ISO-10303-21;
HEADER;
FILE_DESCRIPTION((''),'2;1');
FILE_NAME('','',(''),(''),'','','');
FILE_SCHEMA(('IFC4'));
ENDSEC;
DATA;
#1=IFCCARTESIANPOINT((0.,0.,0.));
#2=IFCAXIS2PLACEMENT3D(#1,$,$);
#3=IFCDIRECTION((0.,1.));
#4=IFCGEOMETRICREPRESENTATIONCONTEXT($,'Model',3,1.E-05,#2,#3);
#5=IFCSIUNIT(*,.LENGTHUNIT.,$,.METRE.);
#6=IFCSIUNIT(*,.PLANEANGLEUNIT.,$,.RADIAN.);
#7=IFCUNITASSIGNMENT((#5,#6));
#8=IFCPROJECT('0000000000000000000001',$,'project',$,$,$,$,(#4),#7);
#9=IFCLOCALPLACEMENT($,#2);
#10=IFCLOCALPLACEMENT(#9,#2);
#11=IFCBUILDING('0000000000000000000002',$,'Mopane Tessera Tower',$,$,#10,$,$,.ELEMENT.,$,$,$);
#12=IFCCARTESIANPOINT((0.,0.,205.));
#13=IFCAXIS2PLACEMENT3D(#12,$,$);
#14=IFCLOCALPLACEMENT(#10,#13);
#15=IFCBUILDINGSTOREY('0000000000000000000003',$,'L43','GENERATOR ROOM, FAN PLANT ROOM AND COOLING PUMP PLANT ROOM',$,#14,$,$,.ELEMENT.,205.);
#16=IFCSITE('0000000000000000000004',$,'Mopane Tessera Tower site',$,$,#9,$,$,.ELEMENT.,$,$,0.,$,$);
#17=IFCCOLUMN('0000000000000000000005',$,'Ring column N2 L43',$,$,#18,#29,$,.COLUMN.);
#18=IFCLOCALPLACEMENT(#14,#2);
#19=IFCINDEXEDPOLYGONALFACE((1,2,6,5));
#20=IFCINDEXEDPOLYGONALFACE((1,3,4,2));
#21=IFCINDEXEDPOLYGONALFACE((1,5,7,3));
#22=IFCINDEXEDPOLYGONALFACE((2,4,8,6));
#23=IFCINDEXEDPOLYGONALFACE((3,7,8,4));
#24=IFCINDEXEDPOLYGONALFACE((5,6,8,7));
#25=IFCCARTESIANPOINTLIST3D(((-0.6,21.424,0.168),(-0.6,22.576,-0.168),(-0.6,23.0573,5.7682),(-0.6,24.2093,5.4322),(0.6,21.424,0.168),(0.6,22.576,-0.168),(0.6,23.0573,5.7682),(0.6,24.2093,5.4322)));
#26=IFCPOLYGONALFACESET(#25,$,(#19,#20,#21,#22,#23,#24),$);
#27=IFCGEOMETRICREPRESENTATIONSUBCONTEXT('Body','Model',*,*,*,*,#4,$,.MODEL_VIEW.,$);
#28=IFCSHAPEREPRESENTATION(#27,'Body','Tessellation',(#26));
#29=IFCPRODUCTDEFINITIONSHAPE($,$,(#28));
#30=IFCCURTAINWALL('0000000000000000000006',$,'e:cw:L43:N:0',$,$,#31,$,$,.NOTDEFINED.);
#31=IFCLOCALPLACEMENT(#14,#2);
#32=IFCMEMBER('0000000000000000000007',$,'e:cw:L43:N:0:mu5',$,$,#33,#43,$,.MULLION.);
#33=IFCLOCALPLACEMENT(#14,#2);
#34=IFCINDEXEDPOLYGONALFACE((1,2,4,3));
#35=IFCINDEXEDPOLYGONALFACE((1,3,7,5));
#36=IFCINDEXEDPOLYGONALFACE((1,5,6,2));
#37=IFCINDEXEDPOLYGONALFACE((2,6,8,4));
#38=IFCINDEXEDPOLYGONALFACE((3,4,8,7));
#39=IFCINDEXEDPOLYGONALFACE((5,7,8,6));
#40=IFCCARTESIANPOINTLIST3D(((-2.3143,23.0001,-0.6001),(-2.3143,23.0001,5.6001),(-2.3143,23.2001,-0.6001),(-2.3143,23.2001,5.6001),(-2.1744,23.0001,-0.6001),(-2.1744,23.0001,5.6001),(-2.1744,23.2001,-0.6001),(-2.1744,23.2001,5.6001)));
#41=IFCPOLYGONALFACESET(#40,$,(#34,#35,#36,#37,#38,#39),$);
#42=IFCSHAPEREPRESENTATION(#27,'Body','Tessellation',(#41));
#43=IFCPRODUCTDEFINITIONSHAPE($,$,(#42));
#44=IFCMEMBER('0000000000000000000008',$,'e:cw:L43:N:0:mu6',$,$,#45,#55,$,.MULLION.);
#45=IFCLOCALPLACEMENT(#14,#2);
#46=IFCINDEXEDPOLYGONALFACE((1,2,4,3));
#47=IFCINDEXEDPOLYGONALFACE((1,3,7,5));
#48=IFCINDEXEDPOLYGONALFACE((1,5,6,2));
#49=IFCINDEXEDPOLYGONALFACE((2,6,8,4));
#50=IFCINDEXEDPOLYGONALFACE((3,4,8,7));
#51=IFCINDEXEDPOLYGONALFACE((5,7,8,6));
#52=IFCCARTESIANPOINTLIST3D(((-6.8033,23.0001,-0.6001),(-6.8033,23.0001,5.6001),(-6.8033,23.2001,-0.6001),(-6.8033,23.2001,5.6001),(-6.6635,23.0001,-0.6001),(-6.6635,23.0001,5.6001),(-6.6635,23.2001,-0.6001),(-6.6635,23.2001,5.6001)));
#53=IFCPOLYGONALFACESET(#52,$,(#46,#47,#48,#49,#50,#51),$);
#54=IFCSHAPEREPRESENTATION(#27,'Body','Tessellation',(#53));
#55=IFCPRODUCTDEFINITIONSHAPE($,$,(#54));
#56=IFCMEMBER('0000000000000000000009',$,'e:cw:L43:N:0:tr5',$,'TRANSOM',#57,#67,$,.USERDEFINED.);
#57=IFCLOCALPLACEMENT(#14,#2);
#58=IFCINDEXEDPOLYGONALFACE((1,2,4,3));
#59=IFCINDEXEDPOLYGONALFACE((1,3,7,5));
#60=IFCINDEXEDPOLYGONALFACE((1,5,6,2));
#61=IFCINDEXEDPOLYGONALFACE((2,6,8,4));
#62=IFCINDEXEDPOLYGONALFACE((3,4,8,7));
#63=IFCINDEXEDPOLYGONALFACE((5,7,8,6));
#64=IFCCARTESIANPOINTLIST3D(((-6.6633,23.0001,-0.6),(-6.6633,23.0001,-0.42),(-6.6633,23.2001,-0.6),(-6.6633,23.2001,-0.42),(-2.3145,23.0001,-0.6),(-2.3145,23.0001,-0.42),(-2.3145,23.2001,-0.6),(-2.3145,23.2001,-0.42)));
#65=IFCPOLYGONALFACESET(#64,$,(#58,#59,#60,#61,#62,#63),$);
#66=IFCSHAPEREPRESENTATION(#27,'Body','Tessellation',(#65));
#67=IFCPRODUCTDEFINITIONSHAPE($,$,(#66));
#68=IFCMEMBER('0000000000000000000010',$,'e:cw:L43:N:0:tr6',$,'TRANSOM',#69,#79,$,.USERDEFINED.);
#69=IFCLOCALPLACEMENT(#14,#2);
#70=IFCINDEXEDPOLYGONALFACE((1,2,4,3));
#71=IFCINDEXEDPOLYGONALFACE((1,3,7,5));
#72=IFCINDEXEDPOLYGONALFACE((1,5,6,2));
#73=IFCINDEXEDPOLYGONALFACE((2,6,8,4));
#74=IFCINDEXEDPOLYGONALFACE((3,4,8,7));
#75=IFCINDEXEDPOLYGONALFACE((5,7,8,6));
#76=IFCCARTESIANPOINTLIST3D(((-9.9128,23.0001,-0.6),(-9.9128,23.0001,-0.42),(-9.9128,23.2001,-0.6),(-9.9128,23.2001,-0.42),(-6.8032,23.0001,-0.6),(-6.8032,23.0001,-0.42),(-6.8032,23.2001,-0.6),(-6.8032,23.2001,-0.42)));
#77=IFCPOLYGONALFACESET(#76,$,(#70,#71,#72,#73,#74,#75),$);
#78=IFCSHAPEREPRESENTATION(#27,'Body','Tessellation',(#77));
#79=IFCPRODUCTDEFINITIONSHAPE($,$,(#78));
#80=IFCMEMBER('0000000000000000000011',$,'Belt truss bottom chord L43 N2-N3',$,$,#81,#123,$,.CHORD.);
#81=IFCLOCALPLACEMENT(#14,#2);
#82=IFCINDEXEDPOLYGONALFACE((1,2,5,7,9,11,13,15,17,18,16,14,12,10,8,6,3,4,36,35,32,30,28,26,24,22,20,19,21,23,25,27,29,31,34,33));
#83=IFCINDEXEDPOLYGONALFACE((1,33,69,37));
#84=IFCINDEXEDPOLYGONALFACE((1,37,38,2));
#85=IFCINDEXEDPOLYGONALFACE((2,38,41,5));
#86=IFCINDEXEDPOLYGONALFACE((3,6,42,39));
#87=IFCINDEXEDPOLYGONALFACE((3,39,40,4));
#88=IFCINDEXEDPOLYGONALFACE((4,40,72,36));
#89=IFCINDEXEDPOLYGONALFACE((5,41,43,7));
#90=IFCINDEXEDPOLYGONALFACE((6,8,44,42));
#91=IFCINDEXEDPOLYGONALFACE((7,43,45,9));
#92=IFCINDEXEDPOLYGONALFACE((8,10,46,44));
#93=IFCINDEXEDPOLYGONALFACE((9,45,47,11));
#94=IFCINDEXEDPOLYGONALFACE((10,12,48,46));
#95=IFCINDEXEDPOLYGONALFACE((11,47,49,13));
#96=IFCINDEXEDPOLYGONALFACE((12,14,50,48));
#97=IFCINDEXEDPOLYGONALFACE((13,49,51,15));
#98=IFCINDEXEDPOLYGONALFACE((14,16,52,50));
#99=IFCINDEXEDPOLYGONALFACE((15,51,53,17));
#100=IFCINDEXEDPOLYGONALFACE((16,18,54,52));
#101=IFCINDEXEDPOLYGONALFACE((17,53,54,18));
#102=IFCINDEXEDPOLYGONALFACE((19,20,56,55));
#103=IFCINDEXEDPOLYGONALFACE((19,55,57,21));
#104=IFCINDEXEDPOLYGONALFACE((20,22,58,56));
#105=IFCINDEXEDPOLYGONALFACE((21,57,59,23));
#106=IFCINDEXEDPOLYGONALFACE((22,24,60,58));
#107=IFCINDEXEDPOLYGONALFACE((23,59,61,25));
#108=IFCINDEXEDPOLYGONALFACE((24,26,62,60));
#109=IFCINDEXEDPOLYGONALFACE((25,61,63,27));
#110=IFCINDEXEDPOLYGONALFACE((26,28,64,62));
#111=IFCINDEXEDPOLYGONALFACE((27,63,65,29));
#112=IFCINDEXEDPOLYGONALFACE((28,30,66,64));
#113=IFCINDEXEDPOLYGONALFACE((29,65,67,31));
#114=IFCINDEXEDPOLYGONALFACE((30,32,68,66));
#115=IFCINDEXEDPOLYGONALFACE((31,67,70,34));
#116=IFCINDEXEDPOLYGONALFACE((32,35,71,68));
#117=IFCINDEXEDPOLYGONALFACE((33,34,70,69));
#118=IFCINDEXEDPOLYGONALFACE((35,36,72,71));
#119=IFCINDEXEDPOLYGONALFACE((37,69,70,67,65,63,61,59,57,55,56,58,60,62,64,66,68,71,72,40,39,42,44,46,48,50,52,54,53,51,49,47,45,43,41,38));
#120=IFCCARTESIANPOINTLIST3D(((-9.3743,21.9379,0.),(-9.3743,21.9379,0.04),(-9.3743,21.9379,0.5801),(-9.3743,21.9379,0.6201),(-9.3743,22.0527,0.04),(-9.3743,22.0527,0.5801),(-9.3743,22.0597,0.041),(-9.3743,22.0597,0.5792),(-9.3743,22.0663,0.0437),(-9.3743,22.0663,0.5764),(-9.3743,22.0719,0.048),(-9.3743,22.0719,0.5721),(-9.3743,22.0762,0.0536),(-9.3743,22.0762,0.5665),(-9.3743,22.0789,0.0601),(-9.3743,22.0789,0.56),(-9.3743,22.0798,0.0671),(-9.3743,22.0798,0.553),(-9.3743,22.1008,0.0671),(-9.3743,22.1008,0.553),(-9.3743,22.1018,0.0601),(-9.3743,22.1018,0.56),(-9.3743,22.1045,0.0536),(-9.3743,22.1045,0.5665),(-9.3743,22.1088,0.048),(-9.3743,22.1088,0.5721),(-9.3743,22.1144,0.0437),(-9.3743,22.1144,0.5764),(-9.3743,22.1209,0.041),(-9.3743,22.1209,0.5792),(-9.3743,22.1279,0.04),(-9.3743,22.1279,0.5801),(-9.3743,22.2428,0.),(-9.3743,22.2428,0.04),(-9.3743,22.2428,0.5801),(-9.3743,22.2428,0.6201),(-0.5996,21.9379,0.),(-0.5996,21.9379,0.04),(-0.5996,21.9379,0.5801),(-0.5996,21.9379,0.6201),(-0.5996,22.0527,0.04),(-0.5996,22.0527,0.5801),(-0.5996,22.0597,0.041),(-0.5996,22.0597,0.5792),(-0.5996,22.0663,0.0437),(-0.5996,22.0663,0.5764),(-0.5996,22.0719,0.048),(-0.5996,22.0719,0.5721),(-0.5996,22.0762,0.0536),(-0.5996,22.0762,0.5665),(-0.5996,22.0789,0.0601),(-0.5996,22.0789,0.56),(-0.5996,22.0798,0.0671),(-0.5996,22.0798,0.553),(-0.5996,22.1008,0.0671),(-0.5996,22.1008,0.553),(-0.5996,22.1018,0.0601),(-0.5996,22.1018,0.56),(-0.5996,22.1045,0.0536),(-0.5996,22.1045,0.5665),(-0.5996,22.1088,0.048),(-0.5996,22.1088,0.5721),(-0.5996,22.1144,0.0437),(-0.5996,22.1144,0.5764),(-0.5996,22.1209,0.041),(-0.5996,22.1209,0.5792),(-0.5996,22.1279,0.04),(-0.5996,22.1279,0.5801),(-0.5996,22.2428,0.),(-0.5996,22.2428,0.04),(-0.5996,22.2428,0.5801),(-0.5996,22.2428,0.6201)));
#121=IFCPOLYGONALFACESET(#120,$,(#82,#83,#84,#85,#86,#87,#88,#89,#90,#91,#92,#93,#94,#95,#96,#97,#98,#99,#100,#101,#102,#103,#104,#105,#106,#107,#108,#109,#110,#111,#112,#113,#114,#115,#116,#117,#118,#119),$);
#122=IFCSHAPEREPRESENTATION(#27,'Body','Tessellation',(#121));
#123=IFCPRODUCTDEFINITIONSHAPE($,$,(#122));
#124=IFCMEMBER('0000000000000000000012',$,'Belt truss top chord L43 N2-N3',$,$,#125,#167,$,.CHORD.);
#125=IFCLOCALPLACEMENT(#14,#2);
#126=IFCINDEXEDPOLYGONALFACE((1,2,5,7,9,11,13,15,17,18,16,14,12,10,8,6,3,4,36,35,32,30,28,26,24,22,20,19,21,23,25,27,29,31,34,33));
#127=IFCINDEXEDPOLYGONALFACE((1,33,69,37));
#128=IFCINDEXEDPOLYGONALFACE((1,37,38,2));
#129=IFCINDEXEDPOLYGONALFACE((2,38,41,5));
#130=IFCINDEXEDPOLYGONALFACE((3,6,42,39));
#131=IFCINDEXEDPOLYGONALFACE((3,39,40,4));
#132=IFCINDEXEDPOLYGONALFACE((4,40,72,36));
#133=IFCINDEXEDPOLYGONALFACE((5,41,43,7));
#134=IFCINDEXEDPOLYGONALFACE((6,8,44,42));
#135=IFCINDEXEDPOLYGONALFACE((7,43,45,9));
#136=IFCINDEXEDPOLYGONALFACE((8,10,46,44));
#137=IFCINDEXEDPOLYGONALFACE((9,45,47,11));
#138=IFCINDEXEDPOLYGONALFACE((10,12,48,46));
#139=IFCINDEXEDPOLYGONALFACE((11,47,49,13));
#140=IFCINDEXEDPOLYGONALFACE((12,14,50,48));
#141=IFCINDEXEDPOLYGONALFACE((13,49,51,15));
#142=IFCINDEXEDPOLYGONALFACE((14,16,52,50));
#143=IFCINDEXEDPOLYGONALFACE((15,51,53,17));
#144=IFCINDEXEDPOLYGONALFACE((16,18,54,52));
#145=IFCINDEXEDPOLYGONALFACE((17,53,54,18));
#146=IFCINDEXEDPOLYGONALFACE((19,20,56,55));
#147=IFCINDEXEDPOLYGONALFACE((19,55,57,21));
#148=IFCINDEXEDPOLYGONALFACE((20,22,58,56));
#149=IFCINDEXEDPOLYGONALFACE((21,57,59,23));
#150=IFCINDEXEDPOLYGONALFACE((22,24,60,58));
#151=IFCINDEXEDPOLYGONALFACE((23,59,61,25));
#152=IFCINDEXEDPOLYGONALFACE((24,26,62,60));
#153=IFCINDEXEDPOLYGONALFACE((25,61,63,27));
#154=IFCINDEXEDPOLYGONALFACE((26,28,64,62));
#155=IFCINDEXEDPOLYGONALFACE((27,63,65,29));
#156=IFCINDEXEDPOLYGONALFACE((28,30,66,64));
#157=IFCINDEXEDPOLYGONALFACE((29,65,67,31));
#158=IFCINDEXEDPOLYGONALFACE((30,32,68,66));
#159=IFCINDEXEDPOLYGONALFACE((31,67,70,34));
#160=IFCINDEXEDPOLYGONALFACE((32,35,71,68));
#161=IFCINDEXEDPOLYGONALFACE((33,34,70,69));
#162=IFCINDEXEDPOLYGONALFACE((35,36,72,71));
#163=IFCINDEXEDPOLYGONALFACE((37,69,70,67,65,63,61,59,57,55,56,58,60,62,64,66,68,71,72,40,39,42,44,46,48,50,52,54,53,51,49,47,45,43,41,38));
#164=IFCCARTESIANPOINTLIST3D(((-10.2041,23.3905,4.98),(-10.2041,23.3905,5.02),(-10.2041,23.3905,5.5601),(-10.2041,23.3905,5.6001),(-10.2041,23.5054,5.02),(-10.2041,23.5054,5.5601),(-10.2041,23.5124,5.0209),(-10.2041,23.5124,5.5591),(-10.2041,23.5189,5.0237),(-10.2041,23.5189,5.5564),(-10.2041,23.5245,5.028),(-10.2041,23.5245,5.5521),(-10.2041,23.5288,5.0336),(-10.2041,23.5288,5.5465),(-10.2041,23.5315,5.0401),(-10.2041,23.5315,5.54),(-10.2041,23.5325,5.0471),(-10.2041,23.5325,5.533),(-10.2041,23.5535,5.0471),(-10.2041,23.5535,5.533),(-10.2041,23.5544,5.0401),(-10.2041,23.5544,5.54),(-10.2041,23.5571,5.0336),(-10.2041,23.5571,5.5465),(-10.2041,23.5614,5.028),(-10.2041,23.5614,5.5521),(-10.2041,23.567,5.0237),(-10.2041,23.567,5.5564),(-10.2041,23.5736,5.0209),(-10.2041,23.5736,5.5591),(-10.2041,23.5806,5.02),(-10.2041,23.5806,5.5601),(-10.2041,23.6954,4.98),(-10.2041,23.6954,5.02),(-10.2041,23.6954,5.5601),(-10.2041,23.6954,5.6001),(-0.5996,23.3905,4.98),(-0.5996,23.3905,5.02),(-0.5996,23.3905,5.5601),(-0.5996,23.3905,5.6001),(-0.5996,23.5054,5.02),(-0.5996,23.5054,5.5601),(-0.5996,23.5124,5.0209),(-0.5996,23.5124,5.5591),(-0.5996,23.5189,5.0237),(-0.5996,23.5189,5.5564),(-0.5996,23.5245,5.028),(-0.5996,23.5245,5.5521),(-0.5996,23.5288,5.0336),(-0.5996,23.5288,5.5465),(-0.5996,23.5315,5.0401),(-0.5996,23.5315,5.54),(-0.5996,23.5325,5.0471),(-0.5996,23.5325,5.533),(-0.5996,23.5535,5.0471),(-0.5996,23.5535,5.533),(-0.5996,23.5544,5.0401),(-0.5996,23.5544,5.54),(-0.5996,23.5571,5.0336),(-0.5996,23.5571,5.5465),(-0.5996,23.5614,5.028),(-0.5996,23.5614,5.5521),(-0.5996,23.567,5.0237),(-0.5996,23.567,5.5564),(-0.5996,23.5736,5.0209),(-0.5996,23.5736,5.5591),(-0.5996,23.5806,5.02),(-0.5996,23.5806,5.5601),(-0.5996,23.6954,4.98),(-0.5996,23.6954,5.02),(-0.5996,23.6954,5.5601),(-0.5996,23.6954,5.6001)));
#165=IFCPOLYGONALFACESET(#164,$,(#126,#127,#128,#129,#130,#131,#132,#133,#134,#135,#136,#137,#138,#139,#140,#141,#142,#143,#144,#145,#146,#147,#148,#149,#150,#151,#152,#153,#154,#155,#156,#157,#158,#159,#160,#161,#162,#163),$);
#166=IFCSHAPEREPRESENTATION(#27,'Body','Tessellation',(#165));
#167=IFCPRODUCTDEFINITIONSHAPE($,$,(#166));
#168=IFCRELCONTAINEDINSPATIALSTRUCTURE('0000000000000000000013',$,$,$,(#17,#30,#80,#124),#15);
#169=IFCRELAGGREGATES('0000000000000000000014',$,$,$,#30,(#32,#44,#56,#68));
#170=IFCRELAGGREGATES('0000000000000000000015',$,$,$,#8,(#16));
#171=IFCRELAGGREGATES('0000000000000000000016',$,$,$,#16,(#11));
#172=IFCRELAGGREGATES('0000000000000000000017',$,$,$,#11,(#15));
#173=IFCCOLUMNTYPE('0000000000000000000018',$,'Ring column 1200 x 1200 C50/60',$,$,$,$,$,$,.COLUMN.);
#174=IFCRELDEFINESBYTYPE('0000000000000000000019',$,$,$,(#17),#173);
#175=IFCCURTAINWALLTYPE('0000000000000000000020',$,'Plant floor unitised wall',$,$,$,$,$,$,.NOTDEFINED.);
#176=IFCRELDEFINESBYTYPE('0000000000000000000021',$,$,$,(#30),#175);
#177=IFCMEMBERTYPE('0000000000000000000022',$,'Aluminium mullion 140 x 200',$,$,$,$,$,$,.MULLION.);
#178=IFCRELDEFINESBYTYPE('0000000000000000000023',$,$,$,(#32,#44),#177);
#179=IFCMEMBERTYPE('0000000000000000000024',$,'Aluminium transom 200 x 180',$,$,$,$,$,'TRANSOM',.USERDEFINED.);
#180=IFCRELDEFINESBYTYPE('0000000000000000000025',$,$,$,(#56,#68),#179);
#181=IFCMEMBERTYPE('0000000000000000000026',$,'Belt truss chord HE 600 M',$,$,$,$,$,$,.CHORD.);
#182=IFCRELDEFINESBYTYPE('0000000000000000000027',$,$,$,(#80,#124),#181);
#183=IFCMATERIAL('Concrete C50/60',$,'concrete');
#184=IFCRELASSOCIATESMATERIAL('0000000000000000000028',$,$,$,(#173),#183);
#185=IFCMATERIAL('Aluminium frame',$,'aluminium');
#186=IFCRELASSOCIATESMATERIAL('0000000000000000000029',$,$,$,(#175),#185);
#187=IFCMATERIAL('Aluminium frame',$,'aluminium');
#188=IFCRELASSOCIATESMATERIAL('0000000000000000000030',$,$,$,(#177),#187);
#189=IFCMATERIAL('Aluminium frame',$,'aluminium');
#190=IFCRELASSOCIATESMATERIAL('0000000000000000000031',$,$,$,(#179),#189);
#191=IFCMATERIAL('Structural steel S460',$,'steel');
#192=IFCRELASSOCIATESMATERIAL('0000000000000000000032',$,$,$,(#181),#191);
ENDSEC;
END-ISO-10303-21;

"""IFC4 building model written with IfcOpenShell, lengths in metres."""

from ifc_helpers import new_model, si_unit, direction, frame, origin, origin_2d, place, context, subcontext, project, spatial, rectangle, i_section, extrude, material, material_profile, profile_set, type_object, element, aggregate, save


model = new_model("IFC4")

# Units and contexts
model_context = context("Model", 3, precision=1e-05, world=origin(), true_north=direction((0.0, 1.0)))
body_context = subcontext(model_context, "Body", "Model", "MODEL_VIEW")
ifc_project = project(units=[si_unit("LENGTHUNIT", "METRE"), si_unit("PLANEANGLEUNIT", "RADIAN")], contexts=[model_context])

# Site, building, storey
site_placement = place(None, origin())
site = spatial("IfcSite", under=ifc_project, at=site_placement, Name="Mopane Tessera Tower site", CompositionType="ELEMENT", RefElevation=0.0)
building_placement = place(site_placement, origin())
building = spatial("IfcBuilding", under=site, at=building_placement, Name="Mopane Tessera Tower", CompositionType="ELEMENT")
storey_placement = place(building_placement, frame((0.0, 0.0, 205.0)))
storey = spatial("IfcBuildingStorey", under=building, at=storey_placement, Name="L43", Description="GENERATOR ROOM, FAN PLANT ROOM AND COOLING PUMP PLANT ROOM", CompositionType="ELEMENT", Elevation=205.0)

# Column
ifc_material_1 = material(Name="Concrete C50/60", Category="concrete")
ifc_material_profile_1 = material_profile(ifc_material_1, rectangle(XDim=1.2, YDim=1.2, at=origin_2d()))
ifc_profile_set_1 = profile_set([ifc_material_profile_1], Name="Concrete C50/60")
column_type = type_object("IfcColumnType", Name="Ring column 1200 x 1200 C50/60", PredefinedType="COLUMN", material=ifc_profile_set_1)
column_placement = place(storey_placement, frame((0.0, 22.0, 0.0), z_axis=(0.0, 0.27999, 0.960003), x_axis=(-1.0, 0.0, 0.0)))
element("IfcColumn", 1, at=column_placement, inside=storey, type_object=column_type, Name="Ring column N2 L43", PredefinedType="COLUMN", context=body_context, shape_type="SweptSolid", body=[
    extrude(rectangle(XDim=1.2, YDim=1.2, at=origin_2d()), origin(), (0.0, 0.0, 1.0), 5.8335),
])

# Curtain wall, members
ifc_material_2 = material(Name="Aluminium frame", Category="aluminium")
curtain_wall_type = type_object("IfcCurtainWallType", Name="Plant floor unitised wall", PredefinedType="NOTDEFINED", material=ifc_material_2)
curtain_wall_placement = place(storey_placement, origin())
curtain_wall = element("IfcCurtainWall", 2, at=curtain_wall_placement, inside=storey, type_object=curtain_wall_type, Name="e:cw:L43:N:0", PredefinedType="NOTDEFINED")
ifc_material_3 = material(Name="Aluminium frame", Category="aluminium")
ifc_material_profile_2 = material_profile(ifc_material_3, rectangle(XDim=0.1399, YDim=0.2, at=origin_2d()))
ifc_profile_set_2 = profile_set([ifc_material_profile_2], Name="Aluminium frame")
member_type_1 = type_object("IfcMemberType", Name="Aluminium mullion 140 x 200", PredefinedType="MULLION", material=ifc_profile_set_2)
member_1_placement = place(storey_placement, frame((-2.2444, 23.1001, -0.6001), z_axis=(0.0, 0.0, 1.0), x_axis=(-1.0, 0.0, 0.0)))
member_1 = element("IfcMember", 3, at=member_1_placement, type_object=member_type_1, Name="e:cw:L43:N:0:mu5", PredefinedType="MULLION", context=body_context, shape_type="SweptSolid", body=[
    extrude(rectangle(XDim=0.1399, YDim=0.2, at=origin_2d()), origin(), (0.0, 0.0, 1.0), 6.2002),
])
member_2_placement = place(storey_placement, frame((-6.7334, 23.1001, -0.6001), z_axis=(0.0, 0.0, 1.0), x_axis=(-1.0, 0.0, 0.0)))
member_2 = element("IfcMember", 4, at=member_2_placement, type_object=member_type_1, Name="e:cw:L43:N:0:mu6", PredefinedType="MULLION", context=body_context, shape_type="SweptSolid", body=[
    extrude(rectangle(XDim=0.1399, YDim=0.2, at=origin_2d()), origin(), (0.0, 0.0, 1.0), 6.2002),
])
ifc_material_4 = material(Name="Aluminium frame", Category="aluminium")
ifc_material_profile_3 = material_profile(ifc_material_4, rectangle(XDim=0.2, YDim=0.1799, at=origin_2d()))
ifc_profile_set_3 = profile_set([ifc_material_profile_3], Name="Aluminium frame")
member_type_2 = type_object("IfcMemberType", Name="Aluminium transom 200 x 180", ElementType="TRANSOM", PredefinedType="USERDEFINED", material=ifc_profile_set_3)
member_3_placement = place(storey_placement, frame((-2.3145, 23.1001, -0.51), z_axis=(-1.0, 0.0, 0.0), x_axis=(0.0, -1.0, 0.0)))
member_3 = element("IfcMember", 5, at=member_3_placement, type_object=member_type_2, Name="e:cw:L43:N:0:tr5", ObjectType="TRANSOM", PredefinedType="USERDEFINED", context=body_context, shape_type="SweptSolid", body=[
    extrude(rectangle(XDim=0.2, YDim=0.1799, at=origin_2d()), origin(), (0.0, 0.0, 1.0), 4.3489),
])
member_4_placement = place(storey_placement, frame((-6.8032, 23.1001, -0.51), z_axis=(-1.0, 0.0, 0.0), x_axis=(0.0, -1.0, 0.0)))
member_4 = element("IfcMember", 6, at=member_4_placement, type_object=member_type_2, Name="e:cw:L43:N:0:tr6", ObjectType="TRANSOM", PredefinedType="USERDEFINED", context=body_context, shape_type="SweptSolid", body=[
    extrude(rectangle(XDim=0.2, YDim=0.1799, at=origin_2d()), origin(), (0.0, 0.0, 1.0), 3.1096),
])

# Members
ifc_material_5 = material(Name="Structural steel S460", Category="steel")
ifc_material_profile_4 = material_profile(ifc_material_5, i_section(OverallWidth=0.3049, OverallDepth=0.6201, WebThickness=0.021, FlangeThickness=0.04, FilletRadius=0.0271, at=origin_2d()))
ifc_profile_set_4 = profile_set([ifc_material_profile_4], Name="Structural steel S460")
member_type_3 = type_object("IfcMemberType", Name="Belt truss chord HE 600 M", PredefinedType="CHORD", material=ifc_profile_set_4)
member_5_placement = place(storey_placement, frame((-0.5996, 22.0903, 0.3101), z_axis=(-1.0, 0.0, 0.0), x_axis=(0.0, -1.0, 0.0)))
element("IfcMember", 7, at=member_5_placement, inside=storey, type_object=member_type_3, Name="Belt truss bottom chord L43 N2-N3", PredefinedType="CHORD", context=body_context, shape_type="SweptSolid", body=[
    extrude(i_section(OverallWidth=0.3049, OverallDepth=0.6201, WebThickness=0.021, FlangeThickness=0.04, FilletRadius=0.0271, at=origin_2d()), origin(), (0.0, 0.0, 1.0), 8.7747),
])
member_6_placement = place(storey_placement, frame((-0.5996, 23.543, 5.29), z_axis=(-1.0, 0.0, 0.0), x_axis=(0.0, -1.0, 0.0)))
element("IfcMember", 8, at=member_6_placement, inside=storey, type_object=member_type_3, Name="Belt truss top chord L43 N2-N3", PredefinedType="CHORD", context=body_context, shape_type="SweptSolid", body=[
    extrude(i_section(OverallWidth=0.3049, OverallDepth=0.6201, WebThickness=0.021, FlangeThickness=0.04, FilletRadius=0.0271, at=origin_2d()), origin(), (0.0, 0.0, 1.0), 9.6045),
])

aggregate(curtain_wall, [member_1, member_2, member_3, member_4])

save(model, "model.ifc")
